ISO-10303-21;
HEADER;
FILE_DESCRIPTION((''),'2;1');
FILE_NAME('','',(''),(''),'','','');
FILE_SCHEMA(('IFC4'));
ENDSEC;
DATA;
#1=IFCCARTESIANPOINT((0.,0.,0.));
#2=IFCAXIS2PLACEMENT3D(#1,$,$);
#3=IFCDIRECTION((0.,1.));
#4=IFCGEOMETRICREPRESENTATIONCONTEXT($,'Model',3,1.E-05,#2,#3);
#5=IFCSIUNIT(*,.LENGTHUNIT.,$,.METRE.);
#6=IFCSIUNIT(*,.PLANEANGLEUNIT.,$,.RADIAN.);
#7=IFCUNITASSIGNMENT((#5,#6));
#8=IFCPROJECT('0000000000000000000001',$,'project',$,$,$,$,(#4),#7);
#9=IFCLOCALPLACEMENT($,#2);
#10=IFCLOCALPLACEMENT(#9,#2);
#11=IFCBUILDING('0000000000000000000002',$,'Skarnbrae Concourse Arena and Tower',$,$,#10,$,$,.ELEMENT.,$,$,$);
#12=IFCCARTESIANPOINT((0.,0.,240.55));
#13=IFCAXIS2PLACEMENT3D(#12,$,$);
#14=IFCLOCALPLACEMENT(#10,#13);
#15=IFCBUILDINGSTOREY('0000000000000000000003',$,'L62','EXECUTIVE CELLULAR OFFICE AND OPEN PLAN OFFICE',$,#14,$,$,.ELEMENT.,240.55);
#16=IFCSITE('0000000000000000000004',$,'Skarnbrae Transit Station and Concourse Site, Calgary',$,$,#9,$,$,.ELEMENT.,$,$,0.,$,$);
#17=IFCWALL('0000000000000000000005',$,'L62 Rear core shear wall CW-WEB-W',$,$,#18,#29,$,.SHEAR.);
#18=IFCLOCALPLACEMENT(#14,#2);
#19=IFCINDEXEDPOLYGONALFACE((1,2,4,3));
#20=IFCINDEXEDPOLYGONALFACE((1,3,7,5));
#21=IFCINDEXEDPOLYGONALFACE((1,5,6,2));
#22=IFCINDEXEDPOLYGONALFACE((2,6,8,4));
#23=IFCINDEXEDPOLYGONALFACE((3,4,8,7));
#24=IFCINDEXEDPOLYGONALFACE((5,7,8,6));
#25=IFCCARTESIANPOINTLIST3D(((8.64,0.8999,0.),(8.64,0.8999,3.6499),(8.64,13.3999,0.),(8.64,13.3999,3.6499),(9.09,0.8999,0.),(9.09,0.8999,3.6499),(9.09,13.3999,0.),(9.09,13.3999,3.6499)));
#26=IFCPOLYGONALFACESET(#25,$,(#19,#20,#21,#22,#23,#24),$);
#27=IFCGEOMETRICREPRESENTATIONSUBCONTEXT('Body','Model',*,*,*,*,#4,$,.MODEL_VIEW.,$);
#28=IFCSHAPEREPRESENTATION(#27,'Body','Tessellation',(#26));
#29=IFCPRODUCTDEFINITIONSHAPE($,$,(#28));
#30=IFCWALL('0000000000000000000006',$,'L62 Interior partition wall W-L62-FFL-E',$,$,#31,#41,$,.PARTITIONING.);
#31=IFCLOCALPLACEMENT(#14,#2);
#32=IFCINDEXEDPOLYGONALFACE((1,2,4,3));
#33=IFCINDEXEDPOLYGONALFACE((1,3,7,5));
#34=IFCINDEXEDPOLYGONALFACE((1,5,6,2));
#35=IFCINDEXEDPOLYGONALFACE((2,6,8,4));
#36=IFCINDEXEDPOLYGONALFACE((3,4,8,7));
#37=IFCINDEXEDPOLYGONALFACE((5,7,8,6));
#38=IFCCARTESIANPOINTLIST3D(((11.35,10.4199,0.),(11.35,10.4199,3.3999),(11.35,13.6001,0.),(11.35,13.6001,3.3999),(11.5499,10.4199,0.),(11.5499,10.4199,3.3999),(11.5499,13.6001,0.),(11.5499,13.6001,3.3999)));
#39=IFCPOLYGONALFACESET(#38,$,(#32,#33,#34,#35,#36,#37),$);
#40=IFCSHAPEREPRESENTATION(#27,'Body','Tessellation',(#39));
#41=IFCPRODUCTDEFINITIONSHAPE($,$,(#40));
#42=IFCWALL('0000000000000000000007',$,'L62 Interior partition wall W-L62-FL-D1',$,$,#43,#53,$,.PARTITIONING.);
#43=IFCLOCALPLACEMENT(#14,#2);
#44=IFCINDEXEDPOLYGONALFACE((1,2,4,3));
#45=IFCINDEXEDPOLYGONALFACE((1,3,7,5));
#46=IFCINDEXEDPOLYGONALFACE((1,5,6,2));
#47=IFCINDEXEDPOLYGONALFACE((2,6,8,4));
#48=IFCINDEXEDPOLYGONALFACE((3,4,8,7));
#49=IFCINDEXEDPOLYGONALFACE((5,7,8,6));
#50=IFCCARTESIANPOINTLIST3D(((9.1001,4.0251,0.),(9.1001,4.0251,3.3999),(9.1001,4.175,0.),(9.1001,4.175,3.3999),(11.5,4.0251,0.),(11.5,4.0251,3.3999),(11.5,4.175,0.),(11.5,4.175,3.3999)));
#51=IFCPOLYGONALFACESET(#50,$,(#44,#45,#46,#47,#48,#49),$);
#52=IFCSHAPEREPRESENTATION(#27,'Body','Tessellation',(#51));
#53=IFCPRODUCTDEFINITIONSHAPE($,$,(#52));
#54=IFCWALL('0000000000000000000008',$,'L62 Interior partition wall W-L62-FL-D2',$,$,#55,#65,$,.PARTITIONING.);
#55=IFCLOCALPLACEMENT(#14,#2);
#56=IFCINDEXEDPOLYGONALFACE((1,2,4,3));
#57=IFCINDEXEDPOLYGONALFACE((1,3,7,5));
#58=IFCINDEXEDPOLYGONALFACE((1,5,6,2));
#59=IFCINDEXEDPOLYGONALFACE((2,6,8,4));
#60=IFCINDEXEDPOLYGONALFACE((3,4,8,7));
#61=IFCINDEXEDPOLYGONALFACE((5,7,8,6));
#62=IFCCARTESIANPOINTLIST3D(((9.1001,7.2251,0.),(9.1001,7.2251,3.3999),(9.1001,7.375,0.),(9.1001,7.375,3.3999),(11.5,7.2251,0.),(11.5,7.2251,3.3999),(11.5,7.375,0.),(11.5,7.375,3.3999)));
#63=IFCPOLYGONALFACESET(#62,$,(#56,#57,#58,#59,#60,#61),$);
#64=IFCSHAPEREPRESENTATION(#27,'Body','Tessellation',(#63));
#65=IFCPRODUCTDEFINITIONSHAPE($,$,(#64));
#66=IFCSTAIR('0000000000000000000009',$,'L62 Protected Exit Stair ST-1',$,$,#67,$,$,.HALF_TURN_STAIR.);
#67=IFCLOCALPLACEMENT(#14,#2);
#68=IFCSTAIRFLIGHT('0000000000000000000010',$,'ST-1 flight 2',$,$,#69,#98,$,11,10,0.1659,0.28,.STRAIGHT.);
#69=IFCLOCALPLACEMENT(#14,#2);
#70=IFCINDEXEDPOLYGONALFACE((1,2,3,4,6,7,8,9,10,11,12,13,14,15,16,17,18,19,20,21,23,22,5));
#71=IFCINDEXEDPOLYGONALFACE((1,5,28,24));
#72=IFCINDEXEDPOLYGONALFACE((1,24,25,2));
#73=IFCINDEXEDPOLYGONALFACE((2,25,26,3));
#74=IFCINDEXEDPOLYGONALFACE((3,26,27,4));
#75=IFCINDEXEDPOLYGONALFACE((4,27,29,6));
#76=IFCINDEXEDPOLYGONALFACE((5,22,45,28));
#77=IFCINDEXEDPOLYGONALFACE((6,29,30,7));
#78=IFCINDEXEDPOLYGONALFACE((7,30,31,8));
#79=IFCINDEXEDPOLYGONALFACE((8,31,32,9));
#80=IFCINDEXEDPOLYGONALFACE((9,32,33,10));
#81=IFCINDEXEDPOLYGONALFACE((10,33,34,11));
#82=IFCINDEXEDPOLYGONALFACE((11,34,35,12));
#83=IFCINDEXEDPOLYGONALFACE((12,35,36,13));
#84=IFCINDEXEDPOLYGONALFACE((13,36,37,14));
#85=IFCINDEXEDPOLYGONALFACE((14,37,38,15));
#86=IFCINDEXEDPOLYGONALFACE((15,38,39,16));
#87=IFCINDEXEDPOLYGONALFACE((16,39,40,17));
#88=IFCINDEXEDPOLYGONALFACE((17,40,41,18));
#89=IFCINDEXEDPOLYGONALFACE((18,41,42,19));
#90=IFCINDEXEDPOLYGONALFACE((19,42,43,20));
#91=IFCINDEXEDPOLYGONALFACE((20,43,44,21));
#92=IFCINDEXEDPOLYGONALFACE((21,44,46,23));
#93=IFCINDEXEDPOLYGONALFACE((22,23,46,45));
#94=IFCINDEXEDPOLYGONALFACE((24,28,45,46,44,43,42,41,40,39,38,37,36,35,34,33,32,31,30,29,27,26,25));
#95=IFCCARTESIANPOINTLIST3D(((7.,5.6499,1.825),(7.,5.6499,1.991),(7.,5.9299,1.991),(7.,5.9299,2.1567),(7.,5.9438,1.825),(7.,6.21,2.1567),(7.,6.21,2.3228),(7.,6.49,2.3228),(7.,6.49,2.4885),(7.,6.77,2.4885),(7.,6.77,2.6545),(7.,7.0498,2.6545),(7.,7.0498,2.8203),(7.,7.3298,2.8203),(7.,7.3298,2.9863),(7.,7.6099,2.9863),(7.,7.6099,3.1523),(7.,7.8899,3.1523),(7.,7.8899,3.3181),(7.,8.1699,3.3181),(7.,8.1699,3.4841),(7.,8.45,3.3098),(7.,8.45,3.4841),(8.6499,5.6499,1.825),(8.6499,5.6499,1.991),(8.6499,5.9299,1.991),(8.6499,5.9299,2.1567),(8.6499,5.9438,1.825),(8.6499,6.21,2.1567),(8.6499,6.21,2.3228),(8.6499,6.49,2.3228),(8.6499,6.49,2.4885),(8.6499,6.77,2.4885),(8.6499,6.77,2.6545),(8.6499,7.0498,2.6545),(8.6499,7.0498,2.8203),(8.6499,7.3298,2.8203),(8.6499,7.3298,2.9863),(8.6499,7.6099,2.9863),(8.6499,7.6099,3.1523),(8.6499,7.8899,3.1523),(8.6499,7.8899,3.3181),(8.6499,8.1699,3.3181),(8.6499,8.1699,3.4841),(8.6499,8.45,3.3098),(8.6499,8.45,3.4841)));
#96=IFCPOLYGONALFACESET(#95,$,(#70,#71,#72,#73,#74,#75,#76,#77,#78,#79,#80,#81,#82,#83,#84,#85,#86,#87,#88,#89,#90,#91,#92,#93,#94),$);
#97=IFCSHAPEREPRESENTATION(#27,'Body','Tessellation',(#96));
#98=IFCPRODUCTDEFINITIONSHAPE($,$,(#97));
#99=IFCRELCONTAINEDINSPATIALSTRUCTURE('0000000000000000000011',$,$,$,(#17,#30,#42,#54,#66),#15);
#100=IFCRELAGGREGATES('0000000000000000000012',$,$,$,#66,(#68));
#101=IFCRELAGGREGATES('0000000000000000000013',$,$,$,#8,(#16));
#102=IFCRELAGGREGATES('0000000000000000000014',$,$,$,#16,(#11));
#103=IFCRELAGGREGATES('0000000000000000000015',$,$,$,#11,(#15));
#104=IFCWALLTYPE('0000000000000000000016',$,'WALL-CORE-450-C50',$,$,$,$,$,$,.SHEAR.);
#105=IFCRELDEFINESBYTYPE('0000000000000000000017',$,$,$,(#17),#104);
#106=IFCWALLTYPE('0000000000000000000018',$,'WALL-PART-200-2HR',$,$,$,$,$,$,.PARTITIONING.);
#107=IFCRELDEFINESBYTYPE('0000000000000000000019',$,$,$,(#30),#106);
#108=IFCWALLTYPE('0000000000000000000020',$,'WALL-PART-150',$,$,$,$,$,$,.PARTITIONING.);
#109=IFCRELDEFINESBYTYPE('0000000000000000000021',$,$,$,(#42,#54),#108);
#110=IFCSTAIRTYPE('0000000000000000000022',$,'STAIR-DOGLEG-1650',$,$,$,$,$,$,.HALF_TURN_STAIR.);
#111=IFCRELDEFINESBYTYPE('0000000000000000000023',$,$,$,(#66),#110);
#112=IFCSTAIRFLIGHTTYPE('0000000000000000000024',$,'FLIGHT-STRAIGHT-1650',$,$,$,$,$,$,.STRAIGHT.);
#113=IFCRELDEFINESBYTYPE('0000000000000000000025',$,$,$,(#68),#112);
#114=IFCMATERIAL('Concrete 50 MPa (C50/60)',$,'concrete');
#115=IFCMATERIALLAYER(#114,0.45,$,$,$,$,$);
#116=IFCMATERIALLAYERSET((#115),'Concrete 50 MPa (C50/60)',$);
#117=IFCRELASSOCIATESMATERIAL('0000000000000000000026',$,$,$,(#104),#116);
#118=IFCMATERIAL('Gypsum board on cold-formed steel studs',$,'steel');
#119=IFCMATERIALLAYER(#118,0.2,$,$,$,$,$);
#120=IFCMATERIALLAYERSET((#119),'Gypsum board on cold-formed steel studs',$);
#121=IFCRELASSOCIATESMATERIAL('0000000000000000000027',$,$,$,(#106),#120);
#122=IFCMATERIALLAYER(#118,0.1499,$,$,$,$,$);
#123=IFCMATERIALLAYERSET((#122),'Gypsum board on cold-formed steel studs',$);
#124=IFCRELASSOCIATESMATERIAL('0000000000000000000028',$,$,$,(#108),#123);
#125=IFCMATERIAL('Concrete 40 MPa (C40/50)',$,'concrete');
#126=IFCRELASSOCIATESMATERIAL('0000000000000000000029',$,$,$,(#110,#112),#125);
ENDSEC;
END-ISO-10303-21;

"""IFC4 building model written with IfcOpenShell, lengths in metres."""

from ifc_helpers import new_model, si_unit, direction, frame, frame_2d, origin, place, context, subcontext, project, spatial, polyline, rectangle, outline, extrude, source, transform, mapped, material, layer, layer_set, type_object, element, aggregate, save


model = new_model("IFC4")

# Units and contexts
model_context = context("Model", 3, precision=1e-05, world=origin(), true_north=direction((0.0, 1.0)))
body_context = subcontext(model_context, "Body", "Model", "MODEL_VIEW")
ifc_project = project(units=[si_unit("LENGTHUNIT", "METRE"), si_unit("PLANEANGLEUNIT", "RADIAN")], contexts=[model_context])

# Site, building, storey
site_placement = place(None, origin())
site = spatial("IfcSite", under=ifc_project, at=site_placement, Name="Skarnbrae Transit Station and Concourse Site, Calgary", CompositionType="ELEMENT", RefElevation=0.0)
building_placement = place(site_placement, origin())
building = spatial("IfcBuilding", under=site, at=building_placement, Name="Skarnbrae Concourse Arena and Tower", CompositionType="ELEMENT")
storey_placement = place(building_placement, frame((0.0, 0.0, 240.55)))
storey = spatial("IfcBuildingStorey", under=building, at=storey_placement, Name="L62", Description="EXECUTIVE CELLULAR OFFICE AND OPEN PLAN OFFICE", CompositionType="ELEMENT", Elevation=240.55)

# Walls
ifc_material_1 = material(Name="Concrete 50 MPa (C50/60)", Category="concrete")
ifc_layer_1 = layer(ifc_material_1, 0.45)
ifc_layer_set_1 = layer_set([ifc_layer_1], Name="Concrete 50 MPa (C50/60)")
wall_type_1 = type_object("IfcWallType", Name="WALL-CORE-450-C50", PredefinedType="SHEAR", material=ifc_layer_set_1)
shared_shape_1 = source(origin(), body_context, "Body", "SweptSolid", [
    extrude(rectangle(XDim=12.5, YDim=0.45, at=frame_2d((6.25, 0.0))), origin(), (0.0, 0.0, 1.0), 3.6499),
])
wall_1_placement = place(storey_placement, frame((8.865, 0.8999, 0.0), z_axis=(0.0, 0.0, 1.0), x_axis=(0.0, 1.0, 0.0)))
element("IfcWall", 1, at=wall_1_placement, inside=storey, type_object=wall_type_1, Name="L62 Rear core shear wall CW-WEB-W", PredefinedType="SHEAR", context=body_context, shape_type="MappedRepresentation", body=[
    mapped(shared_shape_1, transform((0.0, 0.0, 0.0))),
])
ifc_material_2 = material(Name="Gypsum board on cold-formed steel studs", Category="steel")
ifc_layer_2 = layer(ifc_material_2, 0.2)
ifc_layer_set_2 = layer_set([ifc_layer_2], Name="Gypsum board on cold-formed steel studs")
wall_type_2 = type_object("IfcWallType", Name="WALL-PART-200-2HR", PredefinedType="PARTITIONING", material=ifc_layer_set_2)
shared_shape_2 = source(origin(), body_context, "Body", "SweptSolid", [
    extrude(rectangle(XDim=3.1802, YDim=0.2, at=frame_2d((1.5901, 0.0))), origin(), (0.0, 0.0, 1.0), 3.3999),
])
wall_2_placement = place(storey_placement, frame((11.45, 10.4199, 0.0), z_axis=(0.0, 0.0, 1.0), x_axis=(0.0, 1.0, 0.0)))
element("IfcWall", 2, at=wall_2_placement, inside=storey, type_object=wall_type_2, Name="L62 Interior partition wall W-L62-FFL-E", PredefinedType="PARTITIONING", context=body_context, shape_type="MappedRepresentation", body=[
    mapped(shared_shape_2, transform((0.0, 0.0, 0.0))),
])

# Walls
ifc_layer_3 = layer(ifc_material_2, 0.1499)
ifc_layer_set_3 = layer_set([ifc_layer_3], Name="Gypsum board on cold-formed steel studs")
wall_type_3 = type_object("IfcWallType", Name="WALL-PART-150", PredefinedType="PARTITIONING", material=ifc_layer_set_3)
shared_shape_3 = source(origin(), body_context, "Body", "SweptSolid", [
    extrude(rectangle(XDim=2.3999, YDim=0.1499, at=frame_2d((1.2, 0.0))), origin(), (0.0, 0.0, 1.0), 3.3999),
])
for number, where, z_axis, x_axis, name in (
    (3, (9.1001, 4.1001, 0.0), (0.0, 0.0, 1.0), (1.0, 0.0, 0.0), "L62 Interior partition wall W-L62-FL-D1"),
    (4, (9.1001, 7.3, 0.0), (0.0, 0.0, 1.0), (1.0, 0.0, 0.0), "L62 Interior partition wall W-L62-FL-D2"),
):
    element("IfcWall", number, at=place(storey_placement, frame(where, z_axis=z_axis, x_axis=x_axis)), inside=storey, type_object=wall_type_3, Name=name, PredefinedType="PARTITIONING", context=body_context, shape_type="MappedRepresentation", body=[
        mapped(shared_shape_3, transform((0.0, 0.0, 0.0))),
    ])

# Stair, stair flight
ifc_material_3 = material(Name="Concrete 40 MPa (C40/50)", Category="concrete")
stair_type = type_object("IfcStairType", Name="STAIR-DOGLEG-1650", PredefinedType="HALF_TURN_STAIR", material=ifc_material_3)
stair_placement = place(storey_placement, origin())
stair = element("IfcStair", 5, at=stair_placement, inside=storey, type_object=stair_type, Name="L62 Protected Exit Stair ST-1", PredefinedType="HALF_TURN_STAIR")
stair_flight_type = type_object("IfcStairFlightType", Name="FLIGHT-STRAIGHT-1650", PredefinedType="STRAIGHT", material=ifc_material_3)
shared_shape_4 = source(origin(), body_context, "Body", "SweptSolid", [
    extrude(outline(polyline([(0.0, 0.0), (0.0, 0.166), (0.28, 0.166), (0.28, 0.3318), (0.5601, 0.3318), (0.5601, 0.4978), (0.8401, 0.4978), (0.8401, 0.6636), (1.1201, 0.6636), (1.1201, 0.8296), (1.3999, 0.8296), (1.3999, 0.9954), (1.6799, 0.9954), (1.6799, 1.1614), (1.96, 1.1614), (1.96, 1.3274), (2.24, 1.3274), (2.24, 1.4932), (2.52, 1.4932), (2.52, 1.6592), (2.8, 1.6592), (2.8, 1.825), (2.8, 1.4849), (0.2939, 0.0), (0.0, 0.0)])), frame((0.0, 0.825, 0.0), z_axis=(0.0, -1.0, 0.0), x_axis=(1.0, 0.0, 0.0)), (0.0, 0.0, 1.0), 1.6499),
])
stair_flight_placement = place(storey_placement, frame((7.825, 5.6499, 1.825), z_axis=(0.0, 0.0, 1.0), x_axis=(0.0, 1.0, 0.0)))
stair_flight = element("IfcStairFlight", 6, at=stair_flight_placement, type_object=stair_flight_type, Name="ST-1 flight 2", NumberOfRisers=11, NumberOfTreads=10, PredefinedType="STRAIGHT", RiserHeight=0.1659, TreadLength=0.28, context=body_context, shape_type="MappedRepresentation", body=[
    mapped(shared_shape_4, transform((0.0, 0.0, 0.0))),
])
aggregate(stair, [stair_flight])

save(model, "model.ifc")
